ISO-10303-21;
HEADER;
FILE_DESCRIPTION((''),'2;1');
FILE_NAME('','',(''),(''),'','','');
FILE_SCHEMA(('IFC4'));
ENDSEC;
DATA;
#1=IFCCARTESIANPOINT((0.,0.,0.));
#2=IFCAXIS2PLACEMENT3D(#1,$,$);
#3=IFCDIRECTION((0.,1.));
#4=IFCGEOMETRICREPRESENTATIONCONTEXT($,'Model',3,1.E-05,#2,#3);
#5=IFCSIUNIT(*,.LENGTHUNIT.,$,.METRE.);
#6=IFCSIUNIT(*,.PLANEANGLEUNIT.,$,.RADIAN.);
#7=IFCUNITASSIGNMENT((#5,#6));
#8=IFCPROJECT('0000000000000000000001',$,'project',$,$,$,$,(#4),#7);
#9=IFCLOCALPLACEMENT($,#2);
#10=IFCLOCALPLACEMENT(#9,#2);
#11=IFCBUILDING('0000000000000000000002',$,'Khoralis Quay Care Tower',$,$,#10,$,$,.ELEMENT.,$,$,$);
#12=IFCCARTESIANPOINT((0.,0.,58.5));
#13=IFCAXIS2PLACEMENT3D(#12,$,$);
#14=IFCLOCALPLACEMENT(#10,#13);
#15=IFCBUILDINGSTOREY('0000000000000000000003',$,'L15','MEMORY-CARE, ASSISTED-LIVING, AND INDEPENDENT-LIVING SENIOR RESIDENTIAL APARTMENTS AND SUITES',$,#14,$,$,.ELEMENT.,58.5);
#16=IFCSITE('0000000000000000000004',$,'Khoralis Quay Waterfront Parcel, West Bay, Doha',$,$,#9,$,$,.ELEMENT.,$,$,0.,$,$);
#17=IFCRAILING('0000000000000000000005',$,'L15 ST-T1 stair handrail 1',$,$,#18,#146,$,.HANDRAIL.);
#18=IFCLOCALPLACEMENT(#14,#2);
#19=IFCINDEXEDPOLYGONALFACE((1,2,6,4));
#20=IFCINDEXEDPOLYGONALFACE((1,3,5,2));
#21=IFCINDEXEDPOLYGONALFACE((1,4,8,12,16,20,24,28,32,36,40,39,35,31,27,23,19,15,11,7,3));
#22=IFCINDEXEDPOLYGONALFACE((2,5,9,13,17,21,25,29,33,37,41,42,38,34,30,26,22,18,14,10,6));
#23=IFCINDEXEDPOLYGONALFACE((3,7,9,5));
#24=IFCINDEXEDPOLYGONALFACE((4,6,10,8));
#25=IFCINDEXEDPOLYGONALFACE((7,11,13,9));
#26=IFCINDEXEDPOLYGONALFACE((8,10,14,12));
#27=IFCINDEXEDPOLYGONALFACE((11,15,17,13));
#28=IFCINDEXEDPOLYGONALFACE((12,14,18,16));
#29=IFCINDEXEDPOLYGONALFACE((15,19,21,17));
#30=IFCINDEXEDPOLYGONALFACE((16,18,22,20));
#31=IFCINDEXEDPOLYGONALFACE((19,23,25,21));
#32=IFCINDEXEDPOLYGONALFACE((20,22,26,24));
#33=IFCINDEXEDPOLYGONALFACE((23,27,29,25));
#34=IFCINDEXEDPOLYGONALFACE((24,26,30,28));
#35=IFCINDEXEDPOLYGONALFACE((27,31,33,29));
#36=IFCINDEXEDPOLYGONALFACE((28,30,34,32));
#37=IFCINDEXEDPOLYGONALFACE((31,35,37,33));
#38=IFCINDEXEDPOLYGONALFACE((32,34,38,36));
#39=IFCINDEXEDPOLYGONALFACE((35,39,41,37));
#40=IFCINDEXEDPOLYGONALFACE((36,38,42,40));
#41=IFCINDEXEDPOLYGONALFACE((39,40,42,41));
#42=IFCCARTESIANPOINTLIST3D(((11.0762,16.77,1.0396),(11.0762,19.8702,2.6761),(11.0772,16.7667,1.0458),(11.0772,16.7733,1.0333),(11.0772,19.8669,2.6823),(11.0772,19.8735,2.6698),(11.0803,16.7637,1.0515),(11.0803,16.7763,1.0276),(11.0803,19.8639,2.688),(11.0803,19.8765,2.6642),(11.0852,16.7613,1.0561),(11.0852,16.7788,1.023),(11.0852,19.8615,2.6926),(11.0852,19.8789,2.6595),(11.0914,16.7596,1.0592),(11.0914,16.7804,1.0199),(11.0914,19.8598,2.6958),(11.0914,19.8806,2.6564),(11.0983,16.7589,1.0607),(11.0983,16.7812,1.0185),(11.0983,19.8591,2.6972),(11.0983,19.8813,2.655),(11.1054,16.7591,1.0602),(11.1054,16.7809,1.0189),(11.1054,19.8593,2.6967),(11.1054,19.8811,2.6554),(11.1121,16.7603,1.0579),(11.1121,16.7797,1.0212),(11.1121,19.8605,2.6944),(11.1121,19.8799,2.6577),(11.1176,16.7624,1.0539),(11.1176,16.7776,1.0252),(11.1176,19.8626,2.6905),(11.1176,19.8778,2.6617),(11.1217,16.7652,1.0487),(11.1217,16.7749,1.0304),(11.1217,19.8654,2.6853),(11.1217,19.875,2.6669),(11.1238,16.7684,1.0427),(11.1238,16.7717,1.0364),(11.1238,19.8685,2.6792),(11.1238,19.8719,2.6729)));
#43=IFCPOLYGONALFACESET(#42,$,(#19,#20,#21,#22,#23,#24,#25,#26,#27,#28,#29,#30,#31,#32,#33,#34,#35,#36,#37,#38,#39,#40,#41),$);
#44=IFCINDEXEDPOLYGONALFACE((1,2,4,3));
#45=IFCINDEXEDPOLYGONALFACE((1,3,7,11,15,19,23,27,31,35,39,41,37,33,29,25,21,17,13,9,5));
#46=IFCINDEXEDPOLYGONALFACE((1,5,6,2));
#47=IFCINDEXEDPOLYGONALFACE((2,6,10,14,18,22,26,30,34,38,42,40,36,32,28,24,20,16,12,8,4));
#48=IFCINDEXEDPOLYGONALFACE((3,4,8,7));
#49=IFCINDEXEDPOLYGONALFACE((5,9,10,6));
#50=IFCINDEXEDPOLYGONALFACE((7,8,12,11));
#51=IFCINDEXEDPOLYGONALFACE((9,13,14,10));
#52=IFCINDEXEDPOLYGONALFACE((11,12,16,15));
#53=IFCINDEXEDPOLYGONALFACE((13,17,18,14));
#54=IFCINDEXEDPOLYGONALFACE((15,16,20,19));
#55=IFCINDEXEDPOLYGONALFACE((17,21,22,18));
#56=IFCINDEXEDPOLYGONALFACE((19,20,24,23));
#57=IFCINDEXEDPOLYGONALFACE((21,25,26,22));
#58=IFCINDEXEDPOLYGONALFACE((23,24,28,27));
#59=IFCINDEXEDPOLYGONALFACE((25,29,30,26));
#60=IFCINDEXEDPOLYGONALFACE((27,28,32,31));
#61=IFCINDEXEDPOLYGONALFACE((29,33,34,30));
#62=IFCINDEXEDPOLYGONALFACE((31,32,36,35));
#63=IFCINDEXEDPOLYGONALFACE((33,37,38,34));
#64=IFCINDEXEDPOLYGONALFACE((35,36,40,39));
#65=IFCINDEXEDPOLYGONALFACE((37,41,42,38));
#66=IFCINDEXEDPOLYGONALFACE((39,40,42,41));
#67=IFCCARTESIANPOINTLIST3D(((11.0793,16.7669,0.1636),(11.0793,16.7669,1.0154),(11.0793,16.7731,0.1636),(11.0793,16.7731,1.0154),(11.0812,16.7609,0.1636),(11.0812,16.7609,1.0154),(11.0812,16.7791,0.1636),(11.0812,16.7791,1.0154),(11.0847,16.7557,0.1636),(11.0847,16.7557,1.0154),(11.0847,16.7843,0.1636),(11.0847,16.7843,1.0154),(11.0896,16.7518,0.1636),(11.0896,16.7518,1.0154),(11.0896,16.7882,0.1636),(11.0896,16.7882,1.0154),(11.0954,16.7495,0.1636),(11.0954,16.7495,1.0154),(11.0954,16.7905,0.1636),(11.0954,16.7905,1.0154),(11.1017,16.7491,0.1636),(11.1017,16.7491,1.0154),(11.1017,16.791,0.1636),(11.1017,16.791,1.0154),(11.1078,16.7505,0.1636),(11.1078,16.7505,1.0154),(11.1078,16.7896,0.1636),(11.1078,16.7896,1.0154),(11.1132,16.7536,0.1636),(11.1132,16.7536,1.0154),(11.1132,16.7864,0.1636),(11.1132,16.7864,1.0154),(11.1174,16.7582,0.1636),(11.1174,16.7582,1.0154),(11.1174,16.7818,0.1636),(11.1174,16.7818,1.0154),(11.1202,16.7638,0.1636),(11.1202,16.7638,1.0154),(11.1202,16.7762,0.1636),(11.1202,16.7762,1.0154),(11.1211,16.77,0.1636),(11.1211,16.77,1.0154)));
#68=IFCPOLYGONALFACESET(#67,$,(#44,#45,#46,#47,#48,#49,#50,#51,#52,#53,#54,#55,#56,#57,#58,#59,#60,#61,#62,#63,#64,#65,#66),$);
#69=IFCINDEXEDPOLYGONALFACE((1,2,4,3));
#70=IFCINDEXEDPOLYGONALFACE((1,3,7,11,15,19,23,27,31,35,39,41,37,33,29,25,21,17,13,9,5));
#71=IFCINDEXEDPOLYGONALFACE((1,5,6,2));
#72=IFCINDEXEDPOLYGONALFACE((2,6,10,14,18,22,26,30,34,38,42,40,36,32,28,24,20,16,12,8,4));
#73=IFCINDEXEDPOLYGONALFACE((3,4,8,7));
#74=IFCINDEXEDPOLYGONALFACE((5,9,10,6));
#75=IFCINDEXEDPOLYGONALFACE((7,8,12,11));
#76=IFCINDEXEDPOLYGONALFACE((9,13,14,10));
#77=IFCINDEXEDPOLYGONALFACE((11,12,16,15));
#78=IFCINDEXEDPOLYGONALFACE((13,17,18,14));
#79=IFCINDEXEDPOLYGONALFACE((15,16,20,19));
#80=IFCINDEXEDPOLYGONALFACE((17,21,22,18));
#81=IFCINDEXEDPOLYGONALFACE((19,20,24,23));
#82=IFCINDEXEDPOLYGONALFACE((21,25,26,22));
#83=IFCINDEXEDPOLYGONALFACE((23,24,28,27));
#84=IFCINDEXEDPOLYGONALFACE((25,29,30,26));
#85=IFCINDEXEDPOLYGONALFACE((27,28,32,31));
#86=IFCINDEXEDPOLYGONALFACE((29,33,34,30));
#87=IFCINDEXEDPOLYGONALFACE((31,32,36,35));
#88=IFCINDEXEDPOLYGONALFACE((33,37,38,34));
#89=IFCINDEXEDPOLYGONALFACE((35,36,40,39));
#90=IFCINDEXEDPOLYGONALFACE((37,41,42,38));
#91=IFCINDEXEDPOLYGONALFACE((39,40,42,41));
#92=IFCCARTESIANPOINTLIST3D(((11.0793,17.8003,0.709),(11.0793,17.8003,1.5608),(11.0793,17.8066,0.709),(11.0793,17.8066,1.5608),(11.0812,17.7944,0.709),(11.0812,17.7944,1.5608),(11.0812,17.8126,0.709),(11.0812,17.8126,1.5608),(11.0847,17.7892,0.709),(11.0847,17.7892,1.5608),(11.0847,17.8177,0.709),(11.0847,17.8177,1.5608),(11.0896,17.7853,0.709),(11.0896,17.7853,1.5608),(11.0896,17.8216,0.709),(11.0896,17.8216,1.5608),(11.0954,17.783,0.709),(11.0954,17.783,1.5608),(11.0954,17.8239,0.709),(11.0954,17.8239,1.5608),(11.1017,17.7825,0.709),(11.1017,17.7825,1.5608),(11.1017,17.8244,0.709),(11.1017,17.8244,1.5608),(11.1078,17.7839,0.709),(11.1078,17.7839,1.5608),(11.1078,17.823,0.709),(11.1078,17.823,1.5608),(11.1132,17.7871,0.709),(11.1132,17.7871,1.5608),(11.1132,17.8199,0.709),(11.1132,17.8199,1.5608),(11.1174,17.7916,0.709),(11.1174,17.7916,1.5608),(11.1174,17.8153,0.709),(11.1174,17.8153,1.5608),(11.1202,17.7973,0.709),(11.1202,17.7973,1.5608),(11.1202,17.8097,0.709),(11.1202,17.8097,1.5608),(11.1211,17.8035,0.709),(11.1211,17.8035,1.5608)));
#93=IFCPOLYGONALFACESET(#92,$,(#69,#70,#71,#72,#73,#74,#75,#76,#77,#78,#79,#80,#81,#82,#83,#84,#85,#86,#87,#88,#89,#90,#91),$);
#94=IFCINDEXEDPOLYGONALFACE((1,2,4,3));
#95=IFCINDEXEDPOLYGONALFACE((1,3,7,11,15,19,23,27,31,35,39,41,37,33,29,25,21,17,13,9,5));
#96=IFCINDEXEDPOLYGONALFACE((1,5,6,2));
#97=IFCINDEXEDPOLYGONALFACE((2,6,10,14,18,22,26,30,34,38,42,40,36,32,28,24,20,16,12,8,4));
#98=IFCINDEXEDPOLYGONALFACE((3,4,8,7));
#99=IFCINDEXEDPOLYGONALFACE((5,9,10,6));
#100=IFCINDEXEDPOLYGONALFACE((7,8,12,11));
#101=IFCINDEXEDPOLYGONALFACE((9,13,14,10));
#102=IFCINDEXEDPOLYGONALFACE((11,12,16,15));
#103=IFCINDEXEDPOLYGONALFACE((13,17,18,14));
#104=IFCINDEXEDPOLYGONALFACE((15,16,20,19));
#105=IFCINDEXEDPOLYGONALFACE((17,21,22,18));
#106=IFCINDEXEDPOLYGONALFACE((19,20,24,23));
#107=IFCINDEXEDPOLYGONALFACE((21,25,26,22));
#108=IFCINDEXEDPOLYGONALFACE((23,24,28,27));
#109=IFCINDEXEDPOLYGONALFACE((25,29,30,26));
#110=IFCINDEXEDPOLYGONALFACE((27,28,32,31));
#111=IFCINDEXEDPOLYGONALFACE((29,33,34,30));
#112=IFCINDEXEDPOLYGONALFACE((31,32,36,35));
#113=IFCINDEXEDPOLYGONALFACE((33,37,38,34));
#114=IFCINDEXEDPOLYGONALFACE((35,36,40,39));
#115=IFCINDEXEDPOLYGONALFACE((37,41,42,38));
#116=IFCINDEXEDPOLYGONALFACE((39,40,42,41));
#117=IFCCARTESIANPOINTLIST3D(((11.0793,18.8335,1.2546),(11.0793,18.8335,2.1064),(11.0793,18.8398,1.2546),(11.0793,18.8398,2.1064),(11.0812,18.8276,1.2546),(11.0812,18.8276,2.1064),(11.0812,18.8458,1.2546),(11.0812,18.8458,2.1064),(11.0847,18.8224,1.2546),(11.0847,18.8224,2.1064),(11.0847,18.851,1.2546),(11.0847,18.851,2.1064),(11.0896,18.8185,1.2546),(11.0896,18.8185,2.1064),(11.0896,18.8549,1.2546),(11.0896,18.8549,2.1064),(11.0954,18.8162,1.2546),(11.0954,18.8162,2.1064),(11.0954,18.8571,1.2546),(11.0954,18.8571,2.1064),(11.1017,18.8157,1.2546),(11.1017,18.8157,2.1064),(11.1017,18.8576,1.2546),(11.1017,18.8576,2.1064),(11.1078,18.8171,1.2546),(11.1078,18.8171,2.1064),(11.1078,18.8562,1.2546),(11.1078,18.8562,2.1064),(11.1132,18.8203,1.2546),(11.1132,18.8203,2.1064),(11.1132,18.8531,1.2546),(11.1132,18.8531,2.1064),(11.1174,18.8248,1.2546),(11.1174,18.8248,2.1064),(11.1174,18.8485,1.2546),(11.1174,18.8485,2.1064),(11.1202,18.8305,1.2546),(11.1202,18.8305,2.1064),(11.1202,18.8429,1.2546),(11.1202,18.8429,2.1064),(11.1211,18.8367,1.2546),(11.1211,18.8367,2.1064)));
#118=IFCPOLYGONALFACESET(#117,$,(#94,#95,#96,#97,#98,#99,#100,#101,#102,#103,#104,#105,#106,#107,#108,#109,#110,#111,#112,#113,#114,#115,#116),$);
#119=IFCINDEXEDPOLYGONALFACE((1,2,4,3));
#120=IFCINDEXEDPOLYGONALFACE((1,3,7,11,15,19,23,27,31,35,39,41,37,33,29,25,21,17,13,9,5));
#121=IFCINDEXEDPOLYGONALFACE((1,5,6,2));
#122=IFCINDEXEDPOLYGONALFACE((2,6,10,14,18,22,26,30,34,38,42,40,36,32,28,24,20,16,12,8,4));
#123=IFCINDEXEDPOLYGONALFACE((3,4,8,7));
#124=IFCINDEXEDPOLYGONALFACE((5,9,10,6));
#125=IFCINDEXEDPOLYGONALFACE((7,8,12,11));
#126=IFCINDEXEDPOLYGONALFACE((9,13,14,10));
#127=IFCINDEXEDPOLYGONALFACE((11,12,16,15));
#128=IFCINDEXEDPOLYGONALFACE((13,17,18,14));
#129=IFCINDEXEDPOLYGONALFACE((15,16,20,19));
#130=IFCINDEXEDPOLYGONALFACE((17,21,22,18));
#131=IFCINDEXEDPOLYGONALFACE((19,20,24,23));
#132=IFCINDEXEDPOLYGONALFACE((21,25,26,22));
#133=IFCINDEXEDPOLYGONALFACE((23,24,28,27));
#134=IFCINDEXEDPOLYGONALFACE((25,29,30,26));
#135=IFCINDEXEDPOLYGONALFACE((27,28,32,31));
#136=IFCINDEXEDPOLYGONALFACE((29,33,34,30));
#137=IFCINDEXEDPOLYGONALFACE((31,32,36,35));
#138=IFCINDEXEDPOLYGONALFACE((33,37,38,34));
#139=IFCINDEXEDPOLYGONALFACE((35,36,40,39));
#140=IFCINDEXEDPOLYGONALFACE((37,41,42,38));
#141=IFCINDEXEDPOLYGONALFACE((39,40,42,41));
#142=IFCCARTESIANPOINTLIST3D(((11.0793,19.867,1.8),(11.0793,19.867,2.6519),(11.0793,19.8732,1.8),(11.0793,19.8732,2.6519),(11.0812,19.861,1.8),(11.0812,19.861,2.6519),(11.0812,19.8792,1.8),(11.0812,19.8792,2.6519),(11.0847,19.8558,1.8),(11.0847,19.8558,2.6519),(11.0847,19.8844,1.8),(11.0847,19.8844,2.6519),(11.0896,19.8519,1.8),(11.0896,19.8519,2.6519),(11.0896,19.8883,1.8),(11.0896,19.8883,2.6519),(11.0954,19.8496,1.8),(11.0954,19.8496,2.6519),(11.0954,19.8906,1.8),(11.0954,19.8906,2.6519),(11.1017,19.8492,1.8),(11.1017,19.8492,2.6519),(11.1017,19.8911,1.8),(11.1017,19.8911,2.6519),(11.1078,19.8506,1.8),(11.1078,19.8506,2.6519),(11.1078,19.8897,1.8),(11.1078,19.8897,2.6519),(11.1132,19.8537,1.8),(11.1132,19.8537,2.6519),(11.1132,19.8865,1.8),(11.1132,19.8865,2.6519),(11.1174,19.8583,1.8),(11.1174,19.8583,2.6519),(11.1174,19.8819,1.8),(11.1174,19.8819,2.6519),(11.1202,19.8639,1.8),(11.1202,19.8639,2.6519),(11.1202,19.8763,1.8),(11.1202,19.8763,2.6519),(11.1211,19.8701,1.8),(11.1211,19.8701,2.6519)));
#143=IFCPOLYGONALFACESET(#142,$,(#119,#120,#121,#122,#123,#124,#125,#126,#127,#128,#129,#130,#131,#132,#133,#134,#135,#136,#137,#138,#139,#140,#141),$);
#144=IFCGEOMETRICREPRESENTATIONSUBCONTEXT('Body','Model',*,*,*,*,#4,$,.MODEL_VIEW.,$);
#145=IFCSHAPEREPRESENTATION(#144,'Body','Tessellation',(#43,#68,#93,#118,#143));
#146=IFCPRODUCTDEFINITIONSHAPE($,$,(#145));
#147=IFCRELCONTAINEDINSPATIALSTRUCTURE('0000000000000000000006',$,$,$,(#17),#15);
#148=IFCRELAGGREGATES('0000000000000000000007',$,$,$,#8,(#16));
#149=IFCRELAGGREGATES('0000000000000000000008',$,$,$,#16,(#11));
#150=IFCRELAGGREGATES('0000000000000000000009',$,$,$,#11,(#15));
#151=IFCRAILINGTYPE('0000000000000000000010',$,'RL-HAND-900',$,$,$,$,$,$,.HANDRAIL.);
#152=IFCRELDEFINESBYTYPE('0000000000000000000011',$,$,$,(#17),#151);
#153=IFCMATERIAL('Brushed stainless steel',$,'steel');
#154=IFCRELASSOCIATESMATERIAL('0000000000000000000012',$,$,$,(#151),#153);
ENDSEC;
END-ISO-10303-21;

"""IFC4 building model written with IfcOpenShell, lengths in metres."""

from ifc_helpers import new_model, si_unit, direction, frame, origin, origin_2d, place, context, subcontext, project, spatial, circle, extrude, material, type_object, element, save


model = new_model("IFC4")

# Units and contexts
model_context = context("Model", 3, precision=1e-05, world=origin(), true_north=direction((0.0, 1.0)))
body_context = subcontext(model_context, "Body", "Model", "MODEL_VIEW")
ifc_project = project(units=[si_unit("LENGTHUNIT", "METRE"), si_unit("PLANEANGLEUNIT", "RADIAN")], contexts=[model_context])

# Site, building, storey
site_placement = place(None, origin())
site = spatial("IfcSite", under=ifc_project, at=site_placement, Name="Khoralis Quay Waterfront Parcel, West Bay, Doha", CompositionType="ELEMENT", RefElevation=0.0)
building_placement = place(site_placement, origin())
building = spatial("IfcBuilding", under=site, at=building_placement, Name="Khoralis Quay Care Tower", CompositionType="ELEMENT")
storey_placement = place(building_placement, frame((0.0, 0.0, 58.5)))
storey = spatial("IfcBuildingStorey", under=building, at=storey_placement, Name="L15", Description="MEMORY-CARE, ASSISTED-LIVING, AND INDEPENDENT-LIVING SENIOR RESIDENTIAL APARTMENTS AND SUITES", CompositionType="ELEMENT", Elevation=58.5)

# Shared definitions
ifc_material_1 = material(Name="Brushed stainless steel", Category="steel")

# Railing
railing_type_1 = type_object("IfcRailingType", Name="RL-HAND-900", PredefinedType="HANDRAIL", material=ifc_material_1)
railing_1_placement = place(storey_placement, frame((11.1001, 16.77, 0.1636)))
element("IfcRailing", 1, at=railing_1_placement, inside=storey, type_object=railing_type_1, Name="L15 ST-T1 stair handrail 1", PredefinedType="HANDRAIL", context=body_context, shape_type="SweptSolid", body=[
    extrude(circle(Radius=0.0239, at=origin_2d()), frame((0.0, 0.0, 0.876), z_axis=(0.0, 0.884348, 0.466828), x_axis=(-1.0, 0.0, 0.0)), (0.0, 0.0, 1.0), 3.5056),
    extrude(circle(Radius=0.021, at=origin_2d()), origin(), (0.0, 0.0, 1.0), 0.8518),
    extrude(circle(Radius=0.021, at=origin_2d()), frame((0.0, 1.0334, 0.5454)), (0.0, 0.0, 1.0), 0.8518),
    extrude(circle(Radius=0.021, at=origin_2d()), frame((0.0, 2.0667, 1.0911)), (0.0, 0.0, 1.0), 0.8518),
    extrude(circle(Radius=0.021, at=origin_2d()), frame((0.0, 3.1001, 1.6365)), (0.0, 0.0, 1.0), 0.8518),
])

save(model, "model.ifc")
